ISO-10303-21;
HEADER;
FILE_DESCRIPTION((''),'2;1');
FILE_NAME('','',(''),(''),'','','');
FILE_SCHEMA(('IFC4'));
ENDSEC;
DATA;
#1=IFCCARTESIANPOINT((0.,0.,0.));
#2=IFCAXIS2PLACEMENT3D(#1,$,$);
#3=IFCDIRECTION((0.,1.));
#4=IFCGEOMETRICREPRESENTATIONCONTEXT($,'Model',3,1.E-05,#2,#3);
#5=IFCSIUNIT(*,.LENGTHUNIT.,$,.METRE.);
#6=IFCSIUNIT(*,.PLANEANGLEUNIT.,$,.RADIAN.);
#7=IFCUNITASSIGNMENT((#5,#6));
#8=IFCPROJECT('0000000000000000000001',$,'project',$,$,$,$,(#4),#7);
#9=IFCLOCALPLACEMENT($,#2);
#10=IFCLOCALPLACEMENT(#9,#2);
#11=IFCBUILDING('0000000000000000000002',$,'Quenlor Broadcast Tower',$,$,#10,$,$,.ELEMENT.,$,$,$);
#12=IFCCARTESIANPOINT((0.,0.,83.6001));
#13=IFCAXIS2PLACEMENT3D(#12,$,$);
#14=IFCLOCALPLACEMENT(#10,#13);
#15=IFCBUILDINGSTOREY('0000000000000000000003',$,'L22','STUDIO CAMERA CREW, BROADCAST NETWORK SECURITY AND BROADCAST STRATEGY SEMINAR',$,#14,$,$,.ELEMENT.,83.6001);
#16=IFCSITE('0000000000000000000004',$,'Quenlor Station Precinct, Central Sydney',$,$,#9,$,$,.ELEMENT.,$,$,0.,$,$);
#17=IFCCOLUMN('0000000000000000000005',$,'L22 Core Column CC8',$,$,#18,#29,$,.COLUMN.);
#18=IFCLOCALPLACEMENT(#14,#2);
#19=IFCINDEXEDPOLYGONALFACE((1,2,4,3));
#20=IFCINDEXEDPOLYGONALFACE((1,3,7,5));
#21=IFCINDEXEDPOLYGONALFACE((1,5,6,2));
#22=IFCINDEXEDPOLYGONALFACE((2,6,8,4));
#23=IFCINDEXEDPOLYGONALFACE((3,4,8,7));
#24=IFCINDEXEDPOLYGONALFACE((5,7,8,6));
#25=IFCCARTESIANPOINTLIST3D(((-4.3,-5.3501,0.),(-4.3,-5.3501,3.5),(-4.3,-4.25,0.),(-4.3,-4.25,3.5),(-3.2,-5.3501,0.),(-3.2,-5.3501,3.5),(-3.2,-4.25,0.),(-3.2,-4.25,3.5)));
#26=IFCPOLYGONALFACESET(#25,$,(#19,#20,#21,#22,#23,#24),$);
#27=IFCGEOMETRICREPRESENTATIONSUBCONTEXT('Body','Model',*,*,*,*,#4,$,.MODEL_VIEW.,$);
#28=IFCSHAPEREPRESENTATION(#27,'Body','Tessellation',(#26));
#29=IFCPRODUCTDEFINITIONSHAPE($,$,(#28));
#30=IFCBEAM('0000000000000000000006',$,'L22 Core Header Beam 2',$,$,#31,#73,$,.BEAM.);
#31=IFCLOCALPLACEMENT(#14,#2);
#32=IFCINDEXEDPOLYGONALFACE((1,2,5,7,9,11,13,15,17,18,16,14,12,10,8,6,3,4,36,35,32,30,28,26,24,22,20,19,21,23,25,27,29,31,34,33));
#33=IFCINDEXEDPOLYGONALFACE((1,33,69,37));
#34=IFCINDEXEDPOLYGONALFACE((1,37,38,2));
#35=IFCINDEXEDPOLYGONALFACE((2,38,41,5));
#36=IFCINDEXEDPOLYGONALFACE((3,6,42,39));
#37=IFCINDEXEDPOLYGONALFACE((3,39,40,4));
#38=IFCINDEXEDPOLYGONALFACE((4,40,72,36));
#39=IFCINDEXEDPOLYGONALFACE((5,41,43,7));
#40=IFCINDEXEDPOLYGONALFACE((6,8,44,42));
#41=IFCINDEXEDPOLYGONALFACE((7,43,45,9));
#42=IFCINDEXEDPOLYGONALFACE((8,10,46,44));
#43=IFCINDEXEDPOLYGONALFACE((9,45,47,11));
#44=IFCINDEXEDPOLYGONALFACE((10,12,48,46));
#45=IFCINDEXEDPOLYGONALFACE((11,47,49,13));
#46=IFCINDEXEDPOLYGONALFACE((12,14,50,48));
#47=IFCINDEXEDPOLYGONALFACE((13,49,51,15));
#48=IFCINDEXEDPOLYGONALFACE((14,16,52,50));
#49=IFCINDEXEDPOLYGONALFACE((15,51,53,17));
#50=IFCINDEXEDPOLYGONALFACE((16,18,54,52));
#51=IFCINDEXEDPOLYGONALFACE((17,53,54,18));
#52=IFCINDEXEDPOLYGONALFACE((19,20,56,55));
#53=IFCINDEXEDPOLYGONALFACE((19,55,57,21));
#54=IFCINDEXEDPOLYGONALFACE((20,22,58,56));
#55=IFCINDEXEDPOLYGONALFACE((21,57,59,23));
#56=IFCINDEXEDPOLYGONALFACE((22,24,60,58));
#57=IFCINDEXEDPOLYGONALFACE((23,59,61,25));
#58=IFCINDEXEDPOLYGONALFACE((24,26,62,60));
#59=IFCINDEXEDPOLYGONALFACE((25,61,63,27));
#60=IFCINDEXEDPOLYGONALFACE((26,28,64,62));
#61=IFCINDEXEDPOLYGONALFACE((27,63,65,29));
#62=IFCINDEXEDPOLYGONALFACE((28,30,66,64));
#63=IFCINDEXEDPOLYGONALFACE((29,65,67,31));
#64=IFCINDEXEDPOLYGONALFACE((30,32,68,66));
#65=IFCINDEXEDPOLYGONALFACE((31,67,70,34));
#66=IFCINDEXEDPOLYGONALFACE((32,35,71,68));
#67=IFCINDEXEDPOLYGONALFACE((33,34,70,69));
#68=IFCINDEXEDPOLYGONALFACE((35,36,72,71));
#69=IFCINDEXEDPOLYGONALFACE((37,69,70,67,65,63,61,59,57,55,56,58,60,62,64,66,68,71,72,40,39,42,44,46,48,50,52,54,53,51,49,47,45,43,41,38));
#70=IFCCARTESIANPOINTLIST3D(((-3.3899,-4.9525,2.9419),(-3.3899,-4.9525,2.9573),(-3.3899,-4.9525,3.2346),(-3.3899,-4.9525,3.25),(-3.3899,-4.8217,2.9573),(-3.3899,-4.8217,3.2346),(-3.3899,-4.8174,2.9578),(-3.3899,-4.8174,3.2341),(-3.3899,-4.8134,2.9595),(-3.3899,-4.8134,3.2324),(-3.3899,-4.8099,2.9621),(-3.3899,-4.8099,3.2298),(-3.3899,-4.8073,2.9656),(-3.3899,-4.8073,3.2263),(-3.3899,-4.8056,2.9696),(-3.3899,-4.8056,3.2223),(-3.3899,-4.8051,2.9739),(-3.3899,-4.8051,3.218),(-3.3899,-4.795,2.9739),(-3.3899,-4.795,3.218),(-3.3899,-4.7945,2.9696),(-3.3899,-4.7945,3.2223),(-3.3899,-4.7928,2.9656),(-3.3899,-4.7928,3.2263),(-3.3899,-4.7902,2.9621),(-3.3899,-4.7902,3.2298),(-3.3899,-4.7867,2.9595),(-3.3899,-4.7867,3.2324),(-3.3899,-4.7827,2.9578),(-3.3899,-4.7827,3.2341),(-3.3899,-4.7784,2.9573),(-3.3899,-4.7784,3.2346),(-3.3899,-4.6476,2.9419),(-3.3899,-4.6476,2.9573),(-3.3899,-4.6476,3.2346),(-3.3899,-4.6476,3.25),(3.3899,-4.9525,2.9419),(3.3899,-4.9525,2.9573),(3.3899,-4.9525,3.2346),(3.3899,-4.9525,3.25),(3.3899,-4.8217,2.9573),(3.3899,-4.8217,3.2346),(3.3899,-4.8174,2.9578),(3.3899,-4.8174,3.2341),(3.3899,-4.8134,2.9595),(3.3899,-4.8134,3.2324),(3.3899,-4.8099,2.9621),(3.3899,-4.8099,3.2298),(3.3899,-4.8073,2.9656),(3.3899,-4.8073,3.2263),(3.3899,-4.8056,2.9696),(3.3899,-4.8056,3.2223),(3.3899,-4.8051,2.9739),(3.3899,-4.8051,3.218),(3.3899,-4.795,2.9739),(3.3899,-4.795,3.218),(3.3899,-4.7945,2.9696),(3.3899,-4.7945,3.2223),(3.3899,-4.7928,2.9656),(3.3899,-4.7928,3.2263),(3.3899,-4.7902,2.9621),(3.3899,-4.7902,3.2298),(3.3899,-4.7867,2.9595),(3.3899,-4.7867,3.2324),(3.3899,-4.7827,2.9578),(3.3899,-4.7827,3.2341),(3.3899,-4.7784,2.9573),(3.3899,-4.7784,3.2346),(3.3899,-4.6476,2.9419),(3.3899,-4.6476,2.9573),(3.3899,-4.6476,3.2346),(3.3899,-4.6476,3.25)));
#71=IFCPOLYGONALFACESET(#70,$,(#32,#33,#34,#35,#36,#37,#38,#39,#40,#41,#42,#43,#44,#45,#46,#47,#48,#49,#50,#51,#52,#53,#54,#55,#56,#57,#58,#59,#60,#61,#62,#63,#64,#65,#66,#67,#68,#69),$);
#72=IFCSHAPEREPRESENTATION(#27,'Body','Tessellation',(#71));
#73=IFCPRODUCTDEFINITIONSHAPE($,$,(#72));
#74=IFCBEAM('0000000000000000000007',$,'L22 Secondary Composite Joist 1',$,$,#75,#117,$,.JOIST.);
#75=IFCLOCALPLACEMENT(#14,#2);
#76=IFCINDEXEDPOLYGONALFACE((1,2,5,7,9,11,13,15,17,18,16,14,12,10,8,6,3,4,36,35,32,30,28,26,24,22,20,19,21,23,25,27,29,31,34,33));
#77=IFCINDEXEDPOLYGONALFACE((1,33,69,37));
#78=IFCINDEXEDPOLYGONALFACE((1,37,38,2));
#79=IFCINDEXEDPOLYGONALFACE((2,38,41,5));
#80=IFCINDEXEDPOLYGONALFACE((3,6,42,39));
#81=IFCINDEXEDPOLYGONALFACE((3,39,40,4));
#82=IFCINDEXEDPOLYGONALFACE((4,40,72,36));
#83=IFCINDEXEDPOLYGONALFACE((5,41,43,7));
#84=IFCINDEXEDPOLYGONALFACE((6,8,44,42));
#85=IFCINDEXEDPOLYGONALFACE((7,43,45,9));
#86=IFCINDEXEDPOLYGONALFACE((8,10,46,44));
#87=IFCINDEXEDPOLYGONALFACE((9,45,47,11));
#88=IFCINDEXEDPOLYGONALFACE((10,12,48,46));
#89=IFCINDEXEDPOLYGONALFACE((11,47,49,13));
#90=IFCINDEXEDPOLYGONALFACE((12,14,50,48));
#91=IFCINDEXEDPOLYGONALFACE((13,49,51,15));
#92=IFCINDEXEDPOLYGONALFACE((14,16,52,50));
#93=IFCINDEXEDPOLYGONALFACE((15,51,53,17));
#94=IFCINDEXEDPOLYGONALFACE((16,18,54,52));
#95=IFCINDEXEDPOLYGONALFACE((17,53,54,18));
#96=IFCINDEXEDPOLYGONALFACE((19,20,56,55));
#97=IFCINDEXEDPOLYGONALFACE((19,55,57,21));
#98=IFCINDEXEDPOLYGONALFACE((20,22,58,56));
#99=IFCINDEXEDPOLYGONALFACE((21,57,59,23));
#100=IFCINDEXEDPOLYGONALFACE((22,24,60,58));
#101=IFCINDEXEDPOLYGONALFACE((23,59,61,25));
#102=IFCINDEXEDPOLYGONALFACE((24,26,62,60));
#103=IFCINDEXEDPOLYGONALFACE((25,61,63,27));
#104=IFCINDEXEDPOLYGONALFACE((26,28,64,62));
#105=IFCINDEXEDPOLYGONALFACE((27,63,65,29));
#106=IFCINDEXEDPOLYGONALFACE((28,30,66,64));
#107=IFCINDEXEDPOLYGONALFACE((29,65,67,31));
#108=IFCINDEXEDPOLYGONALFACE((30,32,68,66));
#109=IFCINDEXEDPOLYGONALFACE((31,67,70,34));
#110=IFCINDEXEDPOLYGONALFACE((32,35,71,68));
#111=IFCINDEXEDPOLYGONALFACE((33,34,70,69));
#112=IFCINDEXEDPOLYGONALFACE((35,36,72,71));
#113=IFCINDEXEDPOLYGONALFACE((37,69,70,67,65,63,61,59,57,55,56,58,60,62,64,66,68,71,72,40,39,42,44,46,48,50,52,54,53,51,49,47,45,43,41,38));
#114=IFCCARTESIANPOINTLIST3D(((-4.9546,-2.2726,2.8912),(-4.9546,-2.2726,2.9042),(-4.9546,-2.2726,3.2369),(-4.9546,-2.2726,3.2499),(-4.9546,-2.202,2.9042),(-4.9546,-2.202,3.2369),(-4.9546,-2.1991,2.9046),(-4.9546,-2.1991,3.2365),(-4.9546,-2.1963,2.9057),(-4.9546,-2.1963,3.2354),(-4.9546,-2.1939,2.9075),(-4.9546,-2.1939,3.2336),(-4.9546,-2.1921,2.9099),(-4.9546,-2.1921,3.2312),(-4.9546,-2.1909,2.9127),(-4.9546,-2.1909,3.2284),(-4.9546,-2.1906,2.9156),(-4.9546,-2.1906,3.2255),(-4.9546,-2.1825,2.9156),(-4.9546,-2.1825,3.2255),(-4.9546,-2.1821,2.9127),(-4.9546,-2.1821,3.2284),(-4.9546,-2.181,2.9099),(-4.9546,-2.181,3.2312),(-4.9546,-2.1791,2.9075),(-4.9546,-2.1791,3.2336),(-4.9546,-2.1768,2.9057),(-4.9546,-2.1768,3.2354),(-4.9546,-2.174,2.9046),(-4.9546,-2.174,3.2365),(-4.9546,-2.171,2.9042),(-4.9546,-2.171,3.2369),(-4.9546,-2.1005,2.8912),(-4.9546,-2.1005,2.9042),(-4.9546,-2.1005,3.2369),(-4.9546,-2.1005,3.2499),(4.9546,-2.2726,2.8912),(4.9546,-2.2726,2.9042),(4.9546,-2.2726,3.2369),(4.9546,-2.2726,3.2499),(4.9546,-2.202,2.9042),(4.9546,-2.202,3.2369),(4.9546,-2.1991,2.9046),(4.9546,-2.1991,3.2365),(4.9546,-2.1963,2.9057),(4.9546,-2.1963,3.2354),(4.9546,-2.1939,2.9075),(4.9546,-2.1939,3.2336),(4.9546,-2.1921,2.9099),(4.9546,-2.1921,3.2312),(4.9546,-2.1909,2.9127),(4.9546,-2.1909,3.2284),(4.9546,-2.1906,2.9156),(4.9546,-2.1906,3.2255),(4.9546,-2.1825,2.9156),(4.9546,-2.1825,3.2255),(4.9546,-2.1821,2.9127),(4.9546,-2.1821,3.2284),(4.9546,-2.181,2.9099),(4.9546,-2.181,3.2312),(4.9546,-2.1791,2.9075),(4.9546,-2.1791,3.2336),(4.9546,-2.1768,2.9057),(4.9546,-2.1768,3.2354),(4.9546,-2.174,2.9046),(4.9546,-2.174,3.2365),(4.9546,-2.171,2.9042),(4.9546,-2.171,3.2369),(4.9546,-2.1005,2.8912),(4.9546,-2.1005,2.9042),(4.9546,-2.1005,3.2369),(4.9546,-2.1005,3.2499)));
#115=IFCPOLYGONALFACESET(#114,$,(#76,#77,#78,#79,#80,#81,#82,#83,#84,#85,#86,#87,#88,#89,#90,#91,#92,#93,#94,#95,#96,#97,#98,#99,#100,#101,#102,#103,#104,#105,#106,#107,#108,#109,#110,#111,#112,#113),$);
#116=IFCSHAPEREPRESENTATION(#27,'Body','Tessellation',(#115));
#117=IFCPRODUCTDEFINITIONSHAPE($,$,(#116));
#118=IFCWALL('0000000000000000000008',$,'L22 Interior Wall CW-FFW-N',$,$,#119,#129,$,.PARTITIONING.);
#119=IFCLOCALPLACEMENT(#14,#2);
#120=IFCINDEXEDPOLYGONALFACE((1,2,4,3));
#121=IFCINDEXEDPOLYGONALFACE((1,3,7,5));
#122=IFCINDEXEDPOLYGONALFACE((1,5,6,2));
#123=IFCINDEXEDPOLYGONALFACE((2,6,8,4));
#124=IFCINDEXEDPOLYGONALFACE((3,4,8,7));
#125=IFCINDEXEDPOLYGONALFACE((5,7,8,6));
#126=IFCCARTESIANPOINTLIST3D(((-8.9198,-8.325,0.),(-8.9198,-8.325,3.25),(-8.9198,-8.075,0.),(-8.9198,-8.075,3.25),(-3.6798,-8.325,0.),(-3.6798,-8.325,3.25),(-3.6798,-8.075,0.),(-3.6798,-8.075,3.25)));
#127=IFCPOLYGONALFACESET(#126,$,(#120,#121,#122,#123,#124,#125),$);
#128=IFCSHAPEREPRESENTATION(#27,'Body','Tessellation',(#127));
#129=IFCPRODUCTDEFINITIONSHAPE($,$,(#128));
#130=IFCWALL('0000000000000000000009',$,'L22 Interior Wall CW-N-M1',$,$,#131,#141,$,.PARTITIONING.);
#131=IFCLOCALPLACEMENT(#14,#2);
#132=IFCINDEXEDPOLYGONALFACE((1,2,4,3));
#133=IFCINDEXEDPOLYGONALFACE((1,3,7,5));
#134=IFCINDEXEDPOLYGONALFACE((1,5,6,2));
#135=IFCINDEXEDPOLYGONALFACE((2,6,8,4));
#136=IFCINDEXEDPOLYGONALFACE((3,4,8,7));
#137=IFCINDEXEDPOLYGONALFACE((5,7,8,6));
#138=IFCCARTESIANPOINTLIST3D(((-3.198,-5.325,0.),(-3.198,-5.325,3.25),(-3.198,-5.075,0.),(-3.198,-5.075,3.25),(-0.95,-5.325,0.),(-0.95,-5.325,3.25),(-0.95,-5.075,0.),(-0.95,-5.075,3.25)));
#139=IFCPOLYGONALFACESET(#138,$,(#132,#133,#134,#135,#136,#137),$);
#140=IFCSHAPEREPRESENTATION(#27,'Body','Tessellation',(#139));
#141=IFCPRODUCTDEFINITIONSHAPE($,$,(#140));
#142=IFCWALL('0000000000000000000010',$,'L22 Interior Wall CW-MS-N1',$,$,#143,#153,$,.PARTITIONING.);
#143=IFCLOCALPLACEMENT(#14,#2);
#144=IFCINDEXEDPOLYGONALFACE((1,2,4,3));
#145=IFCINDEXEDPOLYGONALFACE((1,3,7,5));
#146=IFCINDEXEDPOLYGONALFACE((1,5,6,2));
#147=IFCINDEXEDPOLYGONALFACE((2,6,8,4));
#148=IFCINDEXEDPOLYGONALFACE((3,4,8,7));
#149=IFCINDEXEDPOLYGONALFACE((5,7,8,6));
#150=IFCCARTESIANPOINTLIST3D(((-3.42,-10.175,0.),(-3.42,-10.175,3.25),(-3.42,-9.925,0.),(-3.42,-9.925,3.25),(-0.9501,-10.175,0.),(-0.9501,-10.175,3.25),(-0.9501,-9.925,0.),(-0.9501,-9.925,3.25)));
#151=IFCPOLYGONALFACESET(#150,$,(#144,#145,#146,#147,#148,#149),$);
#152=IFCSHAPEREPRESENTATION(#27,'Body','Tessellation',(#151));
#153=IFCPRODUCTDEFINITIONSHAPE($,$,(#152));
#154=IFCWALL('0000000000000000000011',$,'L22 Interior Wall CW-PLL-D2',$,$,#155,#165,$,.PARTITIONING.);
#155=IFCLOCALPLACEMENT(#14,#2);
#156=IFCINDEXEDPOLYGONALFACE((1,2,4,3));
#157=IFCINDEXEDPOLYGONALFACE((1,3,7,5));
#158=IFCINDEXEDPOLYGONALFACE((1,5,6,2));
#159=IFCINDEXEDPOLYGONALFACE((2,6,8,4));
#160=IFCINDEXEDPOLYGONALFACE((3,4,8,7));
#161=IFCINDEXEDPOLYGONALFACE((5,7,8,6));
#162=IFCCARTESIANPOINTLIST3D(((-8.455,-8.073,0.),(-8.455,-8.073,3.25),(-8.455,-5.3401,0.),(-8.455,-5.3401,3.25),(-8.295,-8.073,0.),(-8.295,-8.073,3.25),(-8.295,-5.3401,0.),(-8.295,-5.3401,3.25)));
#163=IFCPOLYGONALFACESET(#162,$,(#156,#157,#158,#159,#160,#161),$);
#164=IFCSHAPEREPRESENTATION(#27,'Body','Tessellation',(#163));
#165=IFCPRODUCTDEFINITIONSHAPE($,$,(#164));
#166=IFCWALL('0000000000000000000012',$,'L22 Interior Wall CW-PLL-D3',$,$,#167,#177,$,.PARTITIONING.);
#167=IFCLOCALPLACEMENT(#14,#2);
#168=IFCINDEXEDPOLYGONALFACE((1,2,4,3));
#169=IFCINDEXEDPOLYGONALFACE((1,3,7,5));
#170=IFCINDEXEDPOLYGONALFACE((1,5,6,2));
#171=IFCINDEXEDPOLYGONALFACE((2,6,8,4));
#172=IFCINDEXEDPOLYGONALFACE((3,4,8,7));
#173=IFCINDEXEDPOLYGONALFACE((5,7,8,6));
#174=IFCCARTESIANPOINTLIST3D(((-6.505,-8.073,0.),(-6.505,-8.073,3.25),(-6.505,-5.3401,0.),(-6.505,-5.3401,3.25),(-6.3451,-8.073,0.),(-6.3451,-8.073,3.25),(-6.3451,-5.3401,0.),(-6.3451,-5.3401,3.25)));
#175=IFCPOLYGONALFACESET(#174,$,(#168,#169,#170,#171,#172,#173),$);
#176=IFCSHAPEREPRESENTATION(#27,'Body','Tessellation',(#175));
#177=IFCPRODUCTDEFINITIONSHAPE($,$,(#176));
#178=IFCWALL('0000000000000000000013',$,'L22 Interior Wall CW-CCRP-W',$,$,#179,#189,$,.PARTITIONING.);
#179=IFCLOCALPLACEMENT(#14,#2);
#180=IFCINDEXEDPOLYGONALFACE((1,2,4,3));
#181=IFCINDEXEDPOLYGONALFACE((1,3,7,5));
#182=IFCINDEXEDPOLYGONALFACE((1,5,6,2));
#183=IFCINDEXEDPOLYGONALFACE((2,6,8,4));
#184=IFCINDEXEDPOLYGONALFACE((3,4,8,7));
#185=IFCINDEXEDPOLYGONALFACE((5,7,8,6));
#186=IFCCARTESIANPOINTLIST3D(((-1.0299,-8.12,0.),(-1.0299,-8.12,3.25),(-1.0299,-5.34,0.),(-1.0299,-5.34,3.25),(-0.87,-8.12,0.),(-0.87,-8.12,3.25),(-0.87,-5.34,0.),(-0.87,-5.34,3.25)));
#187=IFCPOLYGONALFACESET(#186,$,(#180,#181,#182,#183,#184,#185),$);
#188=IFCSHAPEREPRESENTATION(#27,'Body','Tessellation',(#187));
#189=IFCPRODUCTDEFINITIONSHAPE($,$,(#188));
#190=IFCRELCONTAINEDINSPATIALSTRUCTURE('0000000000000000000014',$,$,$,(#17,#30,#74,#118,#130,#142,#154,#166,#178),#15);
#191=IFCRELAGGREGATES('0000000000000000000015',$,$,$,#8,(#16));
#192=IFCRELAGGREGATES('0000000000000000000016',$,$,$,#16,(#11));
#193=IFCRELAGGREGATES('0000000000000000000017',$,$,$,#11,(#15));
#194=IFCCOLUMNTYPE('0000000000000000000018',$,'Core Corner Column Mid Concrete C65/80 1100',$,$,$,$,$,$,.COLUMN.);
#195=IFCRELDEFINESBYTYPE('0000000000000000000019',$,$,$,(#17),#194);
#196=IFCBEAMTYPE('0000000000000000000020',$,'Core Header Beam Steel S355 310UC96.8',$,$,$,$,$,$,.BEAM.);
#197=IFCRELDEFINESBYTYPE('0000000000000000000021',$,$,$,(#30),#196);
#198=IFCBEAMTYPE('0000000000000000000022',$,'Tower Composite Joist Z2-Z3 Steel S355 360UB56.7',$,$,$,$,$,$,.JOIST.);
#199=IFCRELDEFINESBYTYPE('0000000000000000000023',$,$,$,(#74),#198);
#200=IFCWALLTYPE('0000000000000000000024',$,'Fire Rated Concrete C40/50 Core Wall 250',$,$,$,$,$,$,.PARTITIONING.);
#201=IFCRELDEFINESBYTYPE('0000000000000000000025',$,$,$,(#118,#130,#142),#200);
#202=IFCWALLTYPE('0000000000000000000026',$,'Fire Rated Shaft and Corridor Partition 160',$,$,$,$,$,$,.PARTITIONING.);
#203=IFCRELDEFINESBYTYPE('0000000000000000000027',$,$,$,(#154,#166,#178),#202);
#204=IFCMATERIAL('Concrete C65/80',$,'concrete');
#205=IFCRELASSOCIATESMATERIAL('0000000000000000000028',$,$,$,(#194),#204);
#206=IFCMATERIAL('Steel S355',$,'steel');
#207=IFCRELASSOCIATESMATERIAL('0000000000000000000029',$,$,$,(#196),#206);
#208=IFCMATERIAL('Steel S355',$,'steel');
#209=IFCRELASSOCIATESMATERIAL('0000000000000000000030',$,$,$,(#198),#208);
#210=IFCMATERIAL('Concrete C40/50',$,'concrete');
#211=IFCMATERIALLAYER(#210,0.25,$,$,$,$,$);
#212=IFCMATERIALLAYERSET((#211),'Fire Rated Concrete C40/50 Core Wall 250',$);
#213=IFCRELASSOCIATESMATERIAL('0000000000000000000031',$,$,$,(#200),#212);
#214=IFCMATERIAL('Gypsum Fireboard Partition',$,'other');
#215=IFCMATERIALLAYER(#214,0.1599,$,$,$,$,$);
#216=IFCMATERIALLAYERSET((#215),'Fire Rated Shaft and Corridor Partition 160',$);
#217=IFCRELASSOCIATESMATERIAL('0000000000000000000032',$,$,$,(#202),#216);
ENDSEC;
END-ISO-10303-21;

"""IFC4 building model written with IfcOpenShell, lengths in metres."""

from ifc_helpers import new_model, si_unit, direction, frame, frame_2d, origin, origin_2d, place, context, subcontext, project, spatial, rectangle, i_section, extrude, material, layer, layer_set, material_profile, profile_set, type_object, element, save


model = new_model("IFC4")

# Units and contexts
model_context = context("Model", 3, precision=1e-05, world=origin(), true_north=direction((0.0, 1.0)))
body_context = subcontext(model_context, "Body", "Model", "MODEL_VIEW")
ifc_project = project(units=[si_unit("LENGTHUNIT", "METRE"), si_unit("PLANEANGLEUNIT", "RADIAN")], contexts=[model_context])

# Site, building, storey
site_placement = place(None, origin())
site = spatial("IfcSite", under=ifc_project, at=site_placement, Name="Quenlor Station Precinct, Central Sydney", CompositionType="ELEMENT", RefElevation=0.0)
building_placement = place(site_placement, origin())
building = spatial("IfcBuilding", under=site, at=building_placement, Name="Quenlor Broadcast Tower", CompositionType="ELEMENT")
storey_placement = place(building_placement, frame((0.0, 0.0, 83.6001)))
storey = spatial("IfcBuildingStorey", under=building, at=storey_placement, Name="L22", Description="STUDIO CAMERA CREW, BROADCAST NETWORK SECURITY AND BROADCAST STRATEGY SEMINAR", CompositionType="ELEMENT", Elevation=83.6001)

# Column
ifc_material_1 = material(Name="Concrete C65/80", Category="concrete")
ifc_material_profile_1 = material_profile(ifc_material_1, rectangle(XDim=1.1001, YDim=1.1001, at=origin_2d()))
ifc_profile_set_1 = profile_set([ifc_material_profile_1], Name="Concrete C65/80 RC1100x1100")
column_type = type_object("IfcColumnType", Name="Core Corner Column Mid Concrete C65/80 1100", PredefinedType="COLUMN", material=ifc_profile_set_1)
column_placement = place(storey_placement, frame((-3.75, -4.8, 0.0), z_axis=(0.0, 0.0, 1.0), x_axis=(1.0, 0.0, 0.0)))
element("IfcColumn", 1, at=column_placement, inside=storey, type_object=column_type, Name="L22 Core Column CC8", PredefinedType="COLUMN", context=body_context, shape_type="SweptSolid", body=[
    extrude(rectangle(XDim=1.1001, YDim=1.1001, at=origin_2d()), origin(), (0.0, 0.0, 1.0), 3.5),
])

# Beams
ifc_material_2 = material(Name="Steel S355", Category="steel")
ifc_material_profile_2 = material_profile(ifc_material_2, i_section(OverallWidth=0.3049, OverallDepth=0.3081, WebThickness=0.01, FlangeThickness=0.0154, FilletRadius=0.0166, at=origin_2d()))
ifc_profile_set_2 = profile_set([ifc_material_profile_2], Name="Steel S355 310UC96.8")
beam_type_1 = type_object("IfcBeamType", Name="Core Header Beam Steel S355 310UC96.8", PredefinedType="BEAM", material=ifc_profile_set_2)
beam_1_placement = place(storey_placement, frame((-3.3899, -4.8, 3.0959), z_axis=(1.0, 0.0, 0.0), x_axis=(0.0, 1.0, 0.0)))
element("IfcBeam", 2, at=beam_1_placement, inside=storey, type_object=beam_type_1, Name="L22 Core Header Beam 2", PredefinedType="BEAM", context=body_context, shape_type="SweptSolid", body=[
    extrude(i_section(OverallWidth=0.3049, OverallDepth=0.3081, WebThickness=0.01, FlangeThickness=0.0154, FilletRadius=0.0166, at=origin_2d()), origin(), (0.0, 0.0, 1.0), 6.7798),
])
ifc_material_3 = material(Name="Steel S355", Category="steel")
ifc_material_profile_3 = material_profile(ifc_material_3, i_section(OverallWidth=0.1721, OverallDepth=0.3586, WebThickness=0.0081, FlangeThickness=0.0129, FilletRadius=0.0115, at=origin_2d()))
ifc_profile_set_3 = profile_set([ifc_material_profile_3], Name="Steel S355 360UB56.7")
beam_type_2 = type_object("IfcBeamType", Name="Tower Composite Joist Z2-Z3 Steel S355 360UB56.7", PredefinedType="JOIST", material=ifc_profile_set_3)
beam_2_placement = place(storey_placement, frame((-4.9546, -2.1865, 3.0706), z_axis=(1.0, 0.0, 0.0), x_axis=(0.0, 1.0, 0.0)))
element("IfcBeam", 3, at=beam_2_placement, inside=storey, type_object=beam_type_2, Name="L22 Secondary Composite Joist 1", PredefinedType="JOIST", context=body_context, shape_type="SweptSolid", body=[
    extrude(i_section(OverallWidth=0.1721, OverallDepth=0.3586, WebThickness=0.0081, FlangeThickness=0.0129, FilletRadius=0.0115, at=origin_2d()), origin(), (0.0, 0.0, 1.0), 9.9092),
])

# Shared definitions
ifc_material_4 = material(Name="Concrete C40/50", Category="concrete")
ifc_layer_1 = layer(ifc_material_4, 0.25)
ifc_layer_set_1 = layer_set([ifc_layer_1], Name="Fire Rated Concrete C40/50 Core Wall 250")
wall_type_1 = type_object("IfcWallType", Name="Fire Rated Concrete C40/50 Core Wall 250", PredefinedType="PARTITIONING", material=ifc_layer_set_1)

# Walls
wall_1_placement = place(storey_placement, frame((-8.9199, -8.2, 0.0), z_axis=(0.0, 0.0, 1.0), x_axis=(1.0, 0.0, 0.0)))
element("IfcWall", 4, at=wall_1_placement, inside=storey, type_object=wall_type_1, Name="L22 Interior Wall CW-FFW-N", PredefinedType="PARTITIONING", context=body_context, shape_type="SweptSolid", body=[
    extrude(rectangle(XDim=5.24, YDim=0.25, at=frame_2d((2.6201, 0.0))), origin(), (0.0, 0.0, 1.0), 3.25),
])
wall_2_placement = place(storey_placement, frame((-3.198, -5.2, 0.0), z_axis=(0.0, 0.0, 1.0), x_axis=(1.0, 0.0, 0.0)))
element("IfcWall", 5, at=wall_2_placement, inside=storey, type_object=wall_type_1, Name="L22 Interior Wall CW-N-M1", PredefinedType="PARTITIONING", context=body_context, shape_type="SweptSolid", body=[
    extrude(rectangle(XDim=2.248, YDim=0.25, at=frame_2d((1.124, 0.0))), origin(), (0.0, 0.0, 1.0), 3.25),
])
wall_3_placement = place(storey_placement, frame((-3.4199, -10.05, 0.0), z_axis=(0.0, 0.0, 1.0), x_axis=(1.0, 0.0, 0.0)))
element("IfcWall", 6, at=wall_3_placement, inside=storey, type_object=wall_type_1, Name="L22 Interior Wall CW-MS-N1", PredefinedType="PARTITIONING", context=body_context, shape_type="SweptSolid", body=[
    extrude(rectangle(XDim=2.47, YDim=0.25, at=frame_2d((1.2349, 0.0))), origin(), (0.0, 0.0, 1.0), 3.25),
])
ifc_material_5 = material(Name="Gypsum Fireboard Partition", Category="other")
ifc_layer_2 = layer(ifc_material_5, 0.1599)
ifc_layer_set_2 = layer_set([ifc_layer_2], Name="Fire Rated Shaft and Corridor Partition 160")
wall_type_2 = type_object("IfcWallType", Name="Fire Rated Shaft and Corridor Partition 160", PredefinedType="PARTITIONING", material=ifc_layer_set_2)
for number, where, z_axis, x_axis, name in (
    (7, (-8.375, -8.073, 0.0), (0.0, 0.0, 1.0), (0.0, 1.0, 0.0), "L22 Interior Wall CW-PLL-D2"),
    (8, (-6.425, -8.073, 0.0), (0.0, 0.0, 1.0), (0.0, 1.0, 0.0), "L22 Interior Wall CW-PLL-D3"),
):
    element("IfcWall", number, at=place(storey_placement, frame(where, z_axis=z_axis, x_axis=x_axis)), inside=storey, type_object=wall_type_2, Name=name, PredefinedType="PARTITIONING", context=body_context, shape_type="SweptSolid", body=[
        extrude(rectangle(XDim=2.7329, YDim=0.1599, at=frame_2d((1.3665, 0.0))), origin(), (0.0, 0.0, 1.0), 3.25),
    ])
wall_4_placement = place(storey_placement, frame((-0.95, -8.1201, 0.0), z_axis=(0.0, 0.0, 1.0), x_axis=(0.0, 1.0, 0.0)))
element("IfcWall", 9, at=wall_4_placement, inside=storey, type_object=wall_type_2, Name="L22 Interior Wall CW-CCRP-W", PredefinedType="PARTITIONING", context=body_context, shape_type="SweptSolid", body=[
    extrude(rectangle(XDim=2.78, YDim=0.1599, at=frame_2d((1.3901, 0.0))), origin(), (0.0, 0.0, 1.0), 3.25),
])

save(model, "model.ifc")
